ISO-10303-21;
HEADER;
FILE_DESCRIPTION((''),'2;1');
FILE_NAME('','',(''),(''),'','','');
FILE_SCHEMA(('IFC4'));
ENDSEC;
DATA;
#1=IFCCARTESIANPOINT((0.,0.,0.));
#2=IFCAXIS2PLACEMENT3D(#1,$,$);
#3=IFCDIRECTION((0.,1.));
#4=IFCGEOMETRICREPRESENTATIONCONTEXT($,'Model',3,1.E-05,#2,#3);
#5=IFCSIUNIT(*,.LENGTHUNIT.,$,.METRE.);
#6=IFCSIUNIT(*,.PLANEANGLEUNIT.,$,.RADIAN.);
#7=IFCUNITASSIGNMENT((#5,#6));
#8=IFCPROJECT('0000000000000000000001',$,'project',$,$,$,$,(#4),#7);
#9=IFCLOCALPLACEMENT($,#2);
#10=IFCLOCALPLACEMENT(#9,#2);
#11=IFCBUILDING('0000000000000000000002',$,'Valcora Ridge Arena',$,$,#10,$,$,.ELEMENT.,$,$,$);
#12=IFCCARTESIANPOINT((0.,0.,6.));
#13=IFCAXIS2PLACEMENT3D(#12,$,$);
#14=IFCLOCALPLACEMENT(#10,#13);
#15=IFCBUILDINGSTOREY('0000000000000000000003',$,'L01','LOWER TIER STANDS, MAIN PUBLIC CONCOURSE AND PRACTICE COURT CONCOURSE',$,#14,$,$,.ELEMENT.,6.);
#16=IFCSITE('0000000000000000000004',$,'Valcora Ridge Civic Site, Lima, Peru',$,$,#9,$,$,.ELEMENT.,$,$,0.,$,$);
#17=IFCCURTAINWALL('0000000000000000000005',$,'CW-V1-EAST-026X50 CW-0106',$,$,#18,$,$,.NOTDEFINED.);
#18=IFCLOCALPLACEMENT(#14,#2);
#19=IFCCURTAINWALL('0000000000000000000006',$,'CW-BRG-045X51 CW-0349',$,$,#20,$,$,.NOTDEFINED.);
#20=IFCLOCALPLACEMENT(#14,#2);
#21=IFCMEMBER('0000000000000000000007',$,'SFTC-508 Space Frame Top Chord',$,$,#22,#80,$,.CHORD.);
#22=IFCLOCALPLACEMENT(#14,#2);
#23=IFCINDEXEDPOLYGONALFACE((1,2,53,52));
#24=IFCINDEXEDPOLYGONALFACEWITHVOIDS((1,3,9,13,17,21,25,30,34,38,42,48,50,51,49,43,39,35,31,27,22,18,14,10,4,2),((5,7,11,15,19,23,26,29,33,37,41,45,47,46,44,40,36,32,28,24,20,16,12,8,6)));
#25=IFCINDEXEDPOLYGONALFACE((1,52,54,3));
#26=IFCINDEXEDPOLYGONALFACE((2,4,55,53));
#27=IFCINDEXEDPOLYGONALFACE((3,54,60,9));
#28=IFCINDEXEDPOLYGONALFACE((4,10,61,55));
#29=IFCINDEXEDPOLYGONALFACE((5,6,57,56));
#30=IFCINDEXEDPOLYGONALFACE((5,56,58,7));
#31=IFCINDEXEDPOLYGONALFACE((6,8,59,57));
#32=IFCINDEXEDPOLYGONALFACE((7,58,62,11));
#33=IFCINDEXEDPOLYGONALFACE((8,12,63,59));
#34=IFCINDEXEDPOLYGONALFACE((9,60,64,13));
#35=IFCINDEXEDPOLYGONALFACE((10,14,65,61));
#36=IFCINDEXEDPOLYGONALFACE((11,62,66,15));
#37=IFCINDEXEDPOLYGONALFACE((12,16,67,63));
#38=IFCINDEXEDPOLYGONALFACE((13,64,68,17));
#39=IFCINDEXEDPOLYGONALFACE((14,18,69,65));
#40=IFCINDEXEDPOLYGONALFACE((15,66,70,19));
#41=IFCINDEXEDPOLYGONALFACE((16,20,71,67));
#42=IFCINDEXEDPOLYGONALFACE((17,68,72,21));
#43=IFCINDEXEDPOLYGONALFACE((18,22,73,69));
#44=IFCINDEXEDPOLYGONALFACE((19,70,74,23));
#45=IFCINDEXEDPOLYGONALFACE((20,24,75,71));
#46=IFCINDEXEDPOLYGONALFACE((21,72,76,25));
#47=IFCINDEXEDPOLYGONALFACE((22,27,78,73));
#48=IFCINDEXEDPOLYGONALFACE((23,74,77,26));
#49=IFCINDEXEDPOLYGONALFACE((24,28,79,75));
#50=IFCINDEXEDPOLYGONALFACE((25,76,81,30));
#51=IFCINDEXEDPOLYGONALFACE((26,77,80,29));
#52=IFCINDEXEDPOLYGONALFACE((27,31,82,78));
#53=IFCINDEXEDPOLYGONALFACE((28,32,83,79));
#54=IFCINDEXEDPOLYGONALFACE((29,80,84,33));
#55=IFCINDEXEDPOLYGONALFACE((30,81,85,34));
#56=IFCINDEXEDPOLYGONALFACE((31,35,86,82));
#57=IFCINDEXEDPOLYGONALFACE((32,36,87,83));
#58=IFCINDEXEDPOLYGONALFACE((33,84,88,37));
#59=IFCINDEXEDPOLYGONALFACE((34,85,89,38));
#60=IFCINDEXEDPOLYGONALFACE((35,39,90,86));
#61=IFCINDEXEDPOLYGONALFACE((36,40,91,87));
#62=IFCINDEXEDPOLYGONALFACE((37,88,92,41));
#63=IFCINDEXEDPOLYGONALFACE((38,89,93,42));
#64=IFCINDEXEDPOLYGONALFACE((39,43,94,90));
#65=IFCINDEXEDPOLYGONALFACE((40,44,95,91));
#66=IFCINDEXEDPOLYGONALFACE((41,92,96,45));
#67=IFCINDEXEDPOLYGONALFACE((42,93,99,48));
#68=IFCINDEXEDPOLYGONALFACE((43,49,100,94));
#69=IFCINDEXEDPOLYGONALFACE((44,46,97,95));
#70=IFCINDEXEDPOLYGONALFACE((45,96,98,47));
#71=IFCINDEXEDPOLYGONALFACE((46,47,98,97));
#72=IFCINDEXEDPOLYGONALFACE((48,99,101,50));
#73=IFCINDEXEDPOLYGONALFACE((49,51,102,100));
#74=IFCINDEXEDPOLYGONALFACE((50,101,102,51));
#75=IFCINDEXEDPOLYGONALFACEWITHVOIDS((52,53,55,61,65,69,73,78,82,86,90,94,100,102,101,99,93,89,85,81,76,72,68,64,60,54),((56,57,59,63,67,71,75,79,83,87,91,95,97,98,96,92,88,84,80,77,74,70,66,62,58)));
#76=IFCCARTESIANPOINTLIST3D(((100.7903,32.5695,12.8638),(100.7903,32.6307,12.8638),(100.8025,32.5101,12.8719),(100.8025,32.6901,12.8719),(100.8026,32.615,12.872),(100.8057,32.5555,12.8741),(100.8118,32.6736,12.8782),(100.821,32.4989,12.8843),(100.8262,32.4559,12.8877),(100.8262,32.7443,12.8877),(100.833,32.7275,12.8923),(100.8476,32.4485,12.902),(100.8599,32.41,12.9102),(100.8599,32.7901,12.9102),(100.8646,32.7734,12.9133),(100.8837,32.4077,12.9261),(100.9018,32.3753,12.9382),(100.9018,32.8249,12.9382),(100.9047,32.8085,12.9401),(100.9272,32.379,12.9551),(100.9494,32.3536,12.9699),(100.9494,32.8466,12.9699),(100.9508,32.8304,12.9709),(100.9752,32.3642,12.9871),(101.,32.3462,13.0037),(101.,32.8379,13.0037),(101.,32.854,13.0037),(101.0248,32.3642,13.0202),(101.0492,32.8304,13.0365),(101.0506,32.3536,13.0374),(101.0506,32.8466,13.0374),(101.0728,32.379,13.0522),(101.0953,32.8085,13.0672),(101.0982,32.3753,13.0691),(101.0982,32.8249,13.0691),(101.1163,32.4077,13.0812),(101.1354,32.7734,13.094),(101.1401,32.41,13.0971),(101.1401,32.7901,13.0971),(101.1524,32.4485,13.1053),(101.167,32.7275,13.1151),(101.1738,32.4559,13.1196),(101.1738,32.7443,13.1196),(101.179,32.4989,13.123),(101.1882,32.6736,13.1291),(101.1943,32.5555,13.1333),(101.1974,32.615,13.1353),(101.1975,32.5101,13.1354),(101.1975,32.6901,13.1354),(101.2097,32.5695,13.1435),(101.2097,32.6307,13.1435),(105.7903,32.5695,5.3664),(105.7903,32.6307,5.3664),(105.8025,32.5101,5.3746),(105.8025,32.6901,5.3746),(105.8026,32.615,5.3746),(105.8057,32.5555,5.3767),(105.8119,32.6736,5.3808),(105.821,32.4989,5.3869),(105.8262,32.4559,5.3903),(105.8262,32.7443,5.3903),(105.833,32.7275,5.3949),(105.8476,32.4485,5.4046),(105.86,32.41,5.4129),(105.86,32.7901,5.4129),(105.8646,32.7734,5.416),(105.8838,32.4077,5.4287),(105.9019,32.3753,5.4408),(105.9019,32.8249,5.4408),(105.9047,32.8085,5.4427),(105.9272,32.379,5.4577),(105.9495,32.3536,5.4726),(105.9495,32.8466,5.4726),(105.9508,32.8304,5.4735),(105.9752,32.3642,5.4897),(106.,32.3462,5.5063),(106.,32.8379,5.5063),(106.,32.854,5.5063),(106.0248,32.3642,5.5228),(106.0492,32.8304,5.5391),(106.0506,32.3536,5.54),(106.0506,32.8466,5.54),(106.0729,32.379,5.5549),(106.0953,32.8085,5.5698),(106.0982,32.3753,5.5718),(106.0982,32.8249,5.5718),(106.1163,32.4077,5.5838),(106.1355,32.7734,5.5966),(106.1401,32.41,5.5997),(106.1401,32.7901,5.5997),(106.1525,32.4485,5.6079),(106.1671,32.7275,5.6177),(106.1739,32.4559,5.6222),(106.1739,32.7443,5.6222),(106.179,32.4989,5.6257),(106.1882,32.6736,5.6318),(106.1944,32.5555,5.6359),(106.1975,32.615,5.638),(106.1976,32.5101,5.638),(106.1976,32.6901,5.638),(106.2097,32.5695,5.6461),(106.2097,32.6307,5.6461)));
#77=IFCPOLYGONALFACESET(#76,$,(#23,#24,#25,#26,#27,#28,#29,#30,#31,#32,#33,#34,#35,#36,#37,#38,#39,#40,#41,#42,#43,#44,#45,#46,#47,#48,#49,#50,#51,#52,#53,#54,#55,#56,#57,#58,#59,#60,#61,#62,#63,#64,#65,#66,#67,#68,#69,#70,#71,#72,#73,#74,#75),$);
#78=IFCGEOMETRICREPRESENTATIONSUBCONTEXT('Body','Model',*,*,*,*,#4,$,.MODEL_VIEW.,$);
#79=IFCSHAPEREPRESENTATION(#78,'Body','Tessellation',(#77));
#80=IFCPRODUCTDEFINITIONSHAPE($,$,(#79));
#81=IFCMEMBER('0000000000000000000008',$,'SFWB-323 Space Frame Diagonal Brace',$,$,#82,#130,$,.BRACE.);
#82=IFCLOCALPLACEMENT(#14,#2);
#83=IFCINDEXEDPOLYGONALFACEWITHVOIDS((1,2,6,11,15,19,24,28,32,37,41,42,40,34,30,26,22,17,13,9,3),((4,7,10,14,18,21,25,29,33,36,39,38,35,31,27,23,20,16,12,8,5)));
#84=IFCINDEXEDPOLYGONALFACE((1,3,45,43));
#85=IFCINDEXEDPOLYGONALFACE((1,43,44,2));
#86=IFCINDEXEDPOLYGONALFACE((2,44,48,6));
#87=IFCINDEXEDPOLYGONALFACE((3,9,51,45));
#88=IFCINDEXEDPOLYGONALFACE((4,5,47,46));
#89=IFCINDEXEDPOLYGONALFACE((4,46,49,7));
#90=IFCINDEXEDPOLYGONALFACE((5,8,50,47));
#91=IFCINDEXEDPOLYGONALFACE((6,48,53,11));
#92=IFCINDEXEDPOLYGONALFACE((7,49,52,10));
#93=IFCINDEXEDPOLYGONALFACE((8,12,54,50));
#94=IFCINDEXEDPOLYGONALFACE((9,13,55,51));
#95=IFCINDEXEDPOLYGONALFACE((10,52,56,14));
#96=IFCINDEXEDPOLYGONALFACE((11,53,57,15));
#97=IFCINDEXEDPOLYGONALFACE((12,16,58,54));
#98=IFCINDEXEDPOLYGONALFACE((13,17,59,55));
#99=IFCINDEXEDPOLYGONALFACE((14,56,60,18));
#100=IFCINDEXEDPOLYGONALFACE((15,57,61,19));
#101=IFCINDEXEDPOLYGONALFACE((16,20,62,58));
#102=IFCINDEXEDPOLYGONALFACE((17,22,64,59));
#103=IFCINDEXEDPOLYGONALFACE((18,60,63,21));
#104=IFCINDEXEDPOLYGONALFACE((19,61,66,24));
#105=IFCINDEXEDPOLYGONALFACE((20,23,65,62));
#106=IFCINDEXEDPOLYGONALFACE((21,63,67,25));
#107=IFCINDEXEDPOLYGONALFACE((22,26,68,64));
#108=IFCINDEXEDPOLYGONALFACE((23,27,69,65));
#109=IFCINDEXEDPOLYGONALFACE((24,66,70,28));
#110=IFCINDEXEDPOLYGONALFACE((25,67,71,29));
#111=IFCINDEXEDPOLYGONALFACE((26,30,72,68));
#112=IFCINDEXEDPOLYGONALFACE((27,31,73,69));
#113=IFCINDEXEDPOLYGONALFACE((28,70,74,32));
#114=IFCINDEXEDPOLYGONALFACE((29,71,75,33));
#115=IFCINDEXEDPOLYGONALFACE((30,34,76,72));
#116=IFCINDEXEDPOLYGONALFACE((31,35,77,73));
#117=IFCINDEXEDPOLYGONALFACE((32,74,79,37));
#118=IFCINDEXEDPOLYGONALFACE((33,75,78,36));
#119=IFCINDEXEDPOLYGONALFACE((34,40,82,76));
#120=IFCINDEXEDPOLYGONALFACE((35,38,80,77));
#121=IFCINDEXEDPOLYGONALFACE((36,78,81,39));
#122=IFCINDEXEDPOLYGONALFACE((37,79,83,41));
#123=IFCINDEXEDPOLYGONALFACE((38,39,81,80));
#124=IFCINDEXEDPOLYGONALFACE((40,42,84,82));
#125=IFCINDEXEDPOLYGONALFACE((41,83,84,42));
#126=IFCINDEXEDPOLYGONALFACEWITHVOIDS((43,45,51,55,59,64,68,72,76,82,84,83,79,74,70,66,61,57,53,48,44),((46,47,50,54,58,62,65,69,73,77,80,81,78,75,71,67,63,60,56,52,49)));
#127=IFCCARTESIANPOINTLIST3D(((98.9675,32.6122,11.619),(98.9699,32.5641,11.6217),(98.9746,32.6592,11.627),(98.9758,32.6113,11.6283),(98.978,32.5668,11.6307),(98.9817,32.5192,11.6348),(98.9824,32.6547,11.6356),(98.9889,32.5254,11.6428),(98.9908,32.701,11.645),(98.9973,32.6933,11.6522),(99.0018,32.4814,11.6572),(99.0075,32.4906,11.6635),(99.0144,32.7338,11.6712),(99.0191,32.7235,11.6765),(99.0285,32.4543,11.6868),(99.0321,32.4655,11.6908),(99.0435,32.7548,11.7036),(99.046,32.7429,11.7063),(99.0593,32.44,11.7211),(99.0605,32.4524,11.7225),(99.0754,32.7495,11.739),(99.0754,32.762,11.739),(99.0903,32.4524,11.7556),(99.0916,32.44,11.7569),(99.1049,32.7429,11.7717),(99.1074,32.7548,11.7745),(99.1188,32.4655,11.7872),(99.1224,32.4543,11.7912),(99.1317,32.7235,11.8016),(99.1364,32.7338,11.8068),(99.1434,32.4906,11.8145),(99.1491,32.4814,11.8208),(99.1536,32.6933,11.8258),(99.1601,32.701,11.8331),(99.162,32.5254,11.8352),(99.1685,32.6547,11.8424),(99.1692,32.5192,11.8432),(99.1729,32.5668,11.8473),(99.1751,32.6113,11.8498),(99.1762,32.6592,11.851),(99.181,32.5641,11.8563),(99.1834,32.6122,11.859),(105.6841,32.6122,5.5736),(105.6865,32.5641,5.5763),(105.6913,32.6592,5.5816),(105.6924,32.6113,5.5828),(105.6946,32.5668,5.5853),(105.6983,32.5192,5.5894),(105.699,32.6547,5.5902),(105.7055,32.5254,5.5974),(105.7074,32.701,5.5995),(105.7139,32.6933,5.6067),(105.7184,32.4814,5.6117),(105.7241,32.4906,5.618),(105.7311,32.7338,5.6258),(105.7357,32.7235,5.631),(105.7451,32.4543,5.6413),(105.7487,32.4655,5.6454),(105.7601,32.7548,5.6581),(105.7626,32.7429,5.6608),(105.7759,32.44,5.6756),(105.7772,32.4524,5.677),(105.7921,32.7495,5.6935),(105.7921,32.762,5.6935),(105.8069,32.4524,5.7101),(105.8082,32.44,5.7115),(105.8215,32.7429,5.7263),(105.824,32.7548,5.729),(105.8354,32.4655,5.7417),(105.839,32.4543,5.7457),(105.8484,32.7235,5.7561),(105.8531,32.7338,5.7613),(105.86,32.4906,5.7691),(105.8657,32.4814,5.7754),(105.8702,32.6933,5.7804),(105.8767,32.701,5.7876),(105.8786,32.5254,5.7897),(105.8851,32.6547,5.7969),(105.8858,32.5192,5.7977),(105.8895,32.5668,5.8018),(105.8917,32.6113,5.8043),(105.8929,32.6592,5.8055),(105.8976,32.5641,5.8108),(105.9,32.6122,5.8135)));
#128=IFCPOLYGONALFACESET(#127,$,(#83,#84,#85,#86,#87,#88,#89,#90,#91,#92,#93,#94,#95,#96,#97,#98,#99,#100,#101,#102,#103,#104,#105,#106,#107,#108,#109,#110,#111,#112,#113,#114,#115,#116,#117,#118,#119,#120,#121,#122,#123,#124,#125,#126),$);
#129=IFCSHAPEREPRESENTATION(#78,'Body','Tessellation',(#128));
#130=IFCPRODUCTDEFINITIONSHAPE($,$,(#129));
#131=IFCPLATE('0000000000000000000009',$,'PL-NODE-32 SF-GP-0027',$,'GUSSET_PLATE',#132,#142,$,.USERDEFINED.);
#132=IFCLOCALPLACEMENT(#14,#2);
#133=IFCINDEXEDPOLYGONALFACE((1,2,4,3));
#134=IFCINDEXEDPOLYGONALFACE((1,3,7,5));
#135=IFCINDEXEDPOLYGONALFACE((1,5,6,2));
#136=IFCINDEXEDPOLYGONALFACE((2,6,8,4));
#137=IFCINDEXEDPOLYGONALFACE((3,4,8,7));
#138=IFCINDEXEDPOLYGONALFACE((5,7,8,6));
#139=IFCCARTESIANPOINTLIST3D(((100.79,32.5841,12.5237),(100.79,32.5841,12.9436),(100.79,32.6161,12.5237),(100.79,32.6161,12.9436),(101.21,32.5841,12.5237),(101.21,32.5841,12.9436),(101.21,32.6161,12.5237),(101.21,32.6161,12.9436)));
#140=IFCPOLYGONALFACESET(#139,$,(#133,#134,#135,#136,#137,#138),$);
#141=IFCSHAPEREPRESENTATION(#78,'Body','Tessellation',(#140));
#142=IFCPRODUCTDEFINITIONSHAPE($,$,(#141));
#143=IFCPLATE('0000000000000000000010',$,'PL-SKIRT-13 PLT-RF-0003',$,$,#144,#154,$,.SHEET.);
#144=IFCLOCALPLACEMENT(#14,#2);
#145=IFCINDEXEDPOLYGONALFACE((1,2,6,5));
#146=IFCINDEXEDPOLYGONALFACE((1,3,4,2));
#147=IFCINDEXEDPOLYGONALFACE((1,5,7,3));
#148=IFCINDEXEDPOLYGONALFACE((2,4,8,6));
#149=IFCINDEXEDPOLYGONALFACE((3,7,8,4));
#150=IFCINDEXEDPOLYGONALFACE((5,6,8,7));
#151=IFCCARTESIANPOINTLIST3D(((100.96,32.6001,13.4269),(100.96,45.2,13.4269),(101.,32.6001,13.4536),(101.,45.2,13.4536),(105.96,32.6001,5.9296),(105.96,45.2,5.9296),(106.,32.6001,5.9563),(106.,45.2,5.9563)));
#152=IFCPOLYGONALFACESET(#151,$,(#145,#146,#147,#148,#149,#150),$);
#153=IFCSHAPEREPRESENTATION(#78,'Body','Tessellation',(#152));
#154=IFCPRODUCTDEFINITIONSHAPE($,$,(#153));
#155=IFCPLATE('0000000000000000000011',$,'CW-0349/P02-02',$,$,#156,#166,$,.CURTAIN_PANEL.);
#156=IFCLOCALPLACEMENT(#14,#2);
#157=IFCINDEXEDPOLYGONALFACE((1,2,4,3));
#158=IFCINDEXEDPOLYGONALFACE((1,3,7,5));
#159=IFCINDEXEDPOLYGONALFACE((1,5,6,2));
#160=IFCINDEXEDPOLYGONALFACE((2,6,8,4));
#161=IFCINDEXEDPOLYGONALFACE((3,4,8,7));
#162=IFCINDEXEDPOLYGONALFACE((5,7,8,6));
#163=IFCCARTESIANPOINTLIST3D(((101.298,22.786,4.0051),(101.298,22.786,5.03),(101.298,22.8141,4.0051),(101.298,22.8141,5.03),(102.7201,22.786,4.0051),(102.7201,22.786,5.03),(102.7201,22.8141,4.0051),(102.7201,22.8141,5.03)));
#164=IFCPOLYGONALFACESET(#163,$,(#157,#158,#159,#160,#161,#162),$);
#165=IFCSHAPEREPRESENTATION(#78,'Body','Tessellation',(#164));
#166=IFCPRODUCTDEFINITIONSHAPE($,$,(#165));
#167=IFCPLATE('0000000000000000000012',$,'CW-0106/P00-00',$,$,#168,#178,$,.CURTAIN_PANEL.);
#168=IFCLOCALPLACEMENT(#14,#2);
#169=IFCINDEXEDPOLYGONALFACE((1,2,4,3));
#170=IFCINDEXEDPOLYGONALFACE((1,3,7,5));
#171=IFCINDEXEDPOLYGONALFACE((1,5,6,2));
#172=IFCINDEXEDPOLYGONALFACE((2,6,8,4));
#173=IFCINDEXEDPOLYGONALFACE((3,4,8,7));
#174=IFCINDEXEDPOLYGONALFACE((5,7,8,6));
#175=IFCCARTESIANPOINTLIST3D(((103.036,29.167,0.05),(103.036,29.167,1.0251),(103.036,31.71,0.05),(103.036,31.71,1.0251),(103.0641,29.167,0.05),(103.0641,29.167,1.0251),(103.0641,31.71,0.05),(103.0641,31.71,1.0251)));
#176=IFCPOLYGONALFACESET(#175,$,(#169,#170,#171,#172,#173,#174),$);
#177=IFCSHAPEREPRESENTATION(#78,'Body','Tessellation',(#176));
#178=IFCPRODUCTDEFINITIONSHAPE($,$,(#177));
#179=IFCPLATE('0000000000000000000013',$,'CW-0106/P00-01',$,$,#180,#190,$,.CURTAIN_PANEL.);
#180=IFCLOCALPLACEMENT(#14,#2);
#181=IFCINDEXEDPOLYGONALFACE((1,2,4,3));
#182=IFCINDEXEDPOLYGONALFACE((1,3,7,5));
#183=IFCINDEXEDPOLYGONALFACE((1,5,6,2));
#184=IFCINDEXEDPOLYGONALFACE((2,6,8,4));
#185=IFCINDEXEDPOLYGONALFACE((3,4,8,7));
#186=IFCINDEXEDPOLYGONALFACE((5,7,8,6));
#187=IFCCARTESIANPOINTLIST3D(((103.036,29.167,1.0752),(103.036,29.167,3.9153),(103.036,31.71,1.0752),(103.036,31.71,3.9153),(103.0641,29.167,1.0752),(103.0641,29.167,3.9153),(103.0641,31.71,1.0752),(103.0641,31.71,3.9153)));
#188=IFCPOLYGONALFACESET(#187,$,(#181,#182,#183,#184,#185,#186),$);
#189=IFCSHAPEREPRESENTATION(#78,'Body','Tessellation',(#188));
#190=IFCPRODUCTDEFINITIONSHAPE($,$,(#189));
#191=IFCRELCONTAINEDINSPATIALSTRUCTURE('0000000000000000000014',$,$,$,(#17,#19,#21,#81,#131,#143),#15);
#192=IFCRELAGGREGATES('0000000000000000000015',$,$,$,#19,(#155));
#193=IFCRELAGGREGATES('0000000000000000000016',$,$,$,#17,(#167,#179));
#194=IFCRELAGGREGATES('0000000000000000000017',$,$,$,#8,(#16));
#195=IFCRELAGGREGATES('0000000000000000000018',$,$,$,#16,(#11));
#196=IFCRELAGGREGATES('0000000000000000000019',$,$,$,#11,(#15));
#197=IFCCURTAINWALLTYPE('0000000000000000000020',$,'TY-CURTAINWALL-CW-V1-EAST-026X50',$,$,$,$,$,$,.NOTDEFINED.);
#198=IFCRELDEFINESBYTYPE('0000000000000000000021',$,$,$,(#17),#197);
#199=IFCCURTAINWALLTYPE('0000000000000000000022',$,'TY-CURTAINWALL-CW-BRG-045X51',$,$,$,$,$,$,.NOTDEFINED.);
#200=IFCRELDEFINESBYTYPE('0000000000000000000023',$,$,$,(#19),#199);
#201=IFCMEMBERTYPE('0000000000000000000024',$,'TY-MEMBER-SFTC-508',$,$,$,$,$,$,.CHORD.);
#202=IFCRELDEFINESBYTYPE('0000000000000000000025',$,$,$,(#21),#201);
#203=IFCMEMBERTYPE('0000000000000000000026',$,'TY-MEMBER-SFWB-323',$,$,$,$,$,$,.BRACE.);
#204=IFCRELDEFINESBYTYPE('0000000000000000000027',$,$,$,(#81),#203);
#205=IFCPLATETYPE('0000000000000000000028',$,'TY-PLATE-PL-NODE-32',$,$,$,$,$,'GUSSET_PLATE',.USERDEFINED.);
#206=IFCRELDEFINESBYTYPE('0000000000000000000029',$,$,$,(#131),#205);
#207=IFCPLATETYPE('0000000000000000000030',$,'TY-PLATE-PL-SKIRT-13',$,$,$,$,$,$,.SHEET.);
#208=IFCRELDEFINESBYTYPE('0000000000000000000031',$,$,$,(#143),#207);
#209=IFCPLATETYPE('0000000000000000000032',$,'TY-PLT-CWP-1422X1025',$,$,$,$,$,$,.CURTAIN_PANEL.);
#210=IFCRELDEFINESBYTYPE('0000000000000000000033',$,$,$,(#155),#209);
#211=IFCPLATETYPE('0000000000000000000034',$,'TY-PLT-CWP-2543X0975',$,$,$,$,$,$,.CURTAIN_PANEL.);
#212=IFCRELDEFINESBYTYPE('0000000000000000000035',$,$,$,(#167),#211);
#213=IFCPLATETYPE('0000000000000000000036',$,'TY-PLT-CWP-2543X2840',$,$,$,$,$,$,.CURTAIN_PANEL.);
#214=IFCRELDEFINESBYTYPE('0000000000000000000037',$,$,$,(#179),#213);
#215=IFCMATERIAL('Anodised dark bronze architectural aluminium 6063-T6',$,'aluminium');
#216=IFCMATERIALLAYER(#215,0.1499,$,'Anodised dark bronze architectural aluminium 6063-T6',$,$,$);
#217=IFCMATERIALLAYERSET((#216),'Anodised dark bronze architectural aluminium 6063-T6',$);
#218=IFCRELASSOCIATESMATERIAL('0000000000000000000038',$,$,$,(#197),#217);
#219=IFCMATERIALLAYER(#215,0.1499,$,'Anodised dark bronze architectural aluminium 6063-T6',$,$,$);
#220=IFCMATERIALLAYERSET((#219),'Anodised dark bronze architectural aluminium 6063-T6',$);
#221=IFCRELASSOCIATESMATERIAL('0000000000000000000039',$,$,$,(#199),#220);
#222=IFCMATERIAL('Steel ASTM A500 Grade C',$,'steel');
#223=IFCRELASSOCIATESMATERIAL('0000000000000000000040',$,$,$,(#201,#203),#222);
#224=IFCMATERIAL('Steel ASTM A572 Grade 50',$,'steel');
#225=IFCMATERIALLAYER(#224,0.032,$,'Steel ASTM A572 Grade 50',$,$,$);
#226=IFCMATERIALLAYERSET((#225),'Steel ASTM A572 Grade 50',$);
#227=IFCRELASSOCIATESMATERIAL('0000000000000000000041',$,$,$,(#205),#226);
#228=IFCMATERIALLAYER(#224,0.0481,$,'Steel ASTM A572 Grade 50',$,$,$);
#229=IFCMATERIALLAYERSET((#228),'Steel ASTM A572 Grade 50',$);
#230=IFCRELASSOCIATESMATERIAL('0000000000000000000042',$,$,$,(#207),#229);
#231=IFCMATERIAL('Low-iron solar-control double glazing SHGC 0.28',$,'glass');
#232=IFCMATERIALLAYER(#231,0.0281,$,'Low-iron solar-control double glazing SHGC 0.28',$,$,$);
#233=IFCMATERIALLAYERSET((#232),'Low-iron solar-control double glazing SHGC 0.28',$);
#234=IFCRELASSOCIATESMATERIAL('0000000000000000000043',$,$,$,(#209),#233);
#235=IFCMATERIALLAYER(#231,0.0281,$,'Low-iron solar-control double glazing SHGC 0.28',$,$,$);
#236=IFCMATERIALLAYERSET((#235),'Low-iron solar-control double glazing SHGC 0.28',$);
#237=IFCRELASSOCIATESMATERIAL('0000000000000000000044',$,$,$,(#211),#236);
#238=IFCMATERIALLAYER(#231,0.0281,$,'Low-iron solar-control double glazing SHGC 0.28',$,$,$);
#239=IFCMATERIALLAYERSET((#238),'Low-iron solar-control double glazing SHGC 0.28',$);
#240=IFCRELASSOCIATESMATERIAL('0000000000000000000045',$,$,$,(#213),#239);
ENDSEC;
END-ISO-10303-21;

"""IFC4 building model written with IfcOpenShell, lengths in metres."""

from ifc_helpers import new_model, si_unit, direction, frame, origin, origin_2d, place, context, subcontext, project, spatial, polyline, rectangle, hollow_circle, outline, extrude, material, layer, layer_set, material_profile, profile_set, type_object, element, aggregate, save


model = new_model("IFC4")

# Units and contexts
model_context = context("Model", 3, precision=1e-05, world=origin(), true_north=direction((0.0, 1.0)))
body_context = subcontext(model_context, "Body", "Model", "MODEL_VIEW")
ifc_project = project(units=[si_unit("LENGTHUNIT", "METRE"), si_unit("PLANEANGLEUNIT", "RADIAN")], contexts=[model_context])

# Site, building, storey
site_placement = place(None, origin())
site = spatial("IfcSite", under=ifc_project, at=site_placement, Name="Valcora Ridge Civic Site, Lima, Peru", CompositionType="ELEMENT", RefElevation=0.0)
building_placement = place(site_placement, origin())
building = spatial("IfcBuilding", under=site, at=building_placement, Name="Valcora Ridge Arena", CompositionType="ELEMENT")
storey_placement = place(building_placement, frame((0.0, 0.0, 6.0)))
storey = spatial("IfcBuildingStorey", under=building, at=storey_placement, Name="L01", Description="LOWER TIER STANDS, MAIN PUBLIC CONCOURSE AND PRACTICE COURT CONCOURSE", CompositionType="ELEMENT", Elevation=6.0)

# Curtain walls
ifc_material_1 = material(Name="Anodised dark bronze architectural aluminium 6063-T6", Category="aluminium")
ifc_layer_1 = layer(ifc_material_1, 0.1499, Name="Anodised dark bronze architectural aluminium 6063-T6")
ifc_layer_set_1 = layer_set([ifc_layer_1], Name="Anodised dark bronze architectural aluminium 6063-T6")
curtain_wall_type_1 = type_object("IfcCurtainWallType", Name="TY-CURTAINWALL-CW-V1-EAST-026X50", PredefinedType="NOTDEFINED", material=ifc_layer_set_1)
curtain_wall_1_placement = place(storey_placement, origin())
curtain_wall_1 = element("IfcCurtainWall", 1, at=curtain_wall_1_placement, inside=storey, type_object=curtain_wall_type_1, Name="CW-V1-EAST-026X50 CW-0106", PredefinedType="NOTDEFINED")
ifc_layer_2 = layer(ifc_material_1, 0.1499, Name="Anodised dark bronze architectural aluminium 6063-T6")
ifc_layer_set_2 = layer_set([ifc_layer_2], Name="Anodised dark bronze architectural aluminium 6063-T6")
curtain_wall_type_2 = type_object("IfcCurtainWallType", Name="TY-CURTAINWALL-CW-BRG-045X51", PredefinedType="NOTDEFINED", material=ifc_layer_set_2)
curtain_wall_2_placement = place(storey_placement, origin())
curtain_wall_2 = element("IfcCurtainWall", 2, at=curtain_wall_2_placement, inside=storey, type_object=curtain_wall_type_2, Name="CW-BRG-045X51 CW-0349", PredefinedType="NOTDEFINED")

# Members
ifc_material_2 = material(Name="Steel ASTM A500 Grade C", Category="steel")
ifc_material_profile_1 = material_profile(ifc_material_2, hollow_circle(Radius=0.2539, WallThickness=0.0161, at=origin_2d()), Name="CHS508X16")
ifc_profile_set_1 = profile_set([ifc_material_profile_1], Name="Steel ASTM A500 Grade C")
member_type_1 = type_object("IfcMemberType", Name="TY-MEMBER-SFTC-508", PredefinedType="CHORD", material=ifc_profile_set_1)
member_1_placement = place(storey_placement, frame((101.0, 32.6001, 13.0037), z_axis=(0.554838, 0.0, -0.831959), x_axis=(0.0, 1.0, 0.0)))
element("IfcMember", 3, at=member_1_placement, inside=storey, type_object=member_type_1, Name="SFTC-508 Space Frame Top Chord", PredefinedType="CHORD", context=body_context, shape_type="SweptSolid", body=[
    extrude(hollow_circle(Radius=0.2539, WallThickness=0.0161, at=origin_2d()), origin(), (0.0, 0.0, 1.0), 9.0117),
])
ifc_material_profile_2 = material_profile(ifc_material_2, hollow_circle(Radius=0.1619, WallThickness=0.0125, at=origin_2d()), Name="CHS323X12")
ifc_profile_set_2 = profile_set([ifc_material_profile_2], Name="Steel ASTM A500 Grade C")
member_type_2 = type_object("IfcMemberType", Name="TY-MEMBER-SFWB-323", PredefinedType="BRACE", material=ifc_profile_set_2)
member_2_placement = place(storey_placement, frame((99.0754, 32.6001, 11.739), z_axis=(0.743266, 0.0, -0.668996), x_axis=(0.0, 1.0, 0.0)))
element("IfcMember", 4, at=member_2_placement, inside=storey, type_object=member_type_2, Name="SFWB-323 Space Frame Diagonal Brace", PredefinedType="BRACE", context=body_context, shape_type="SweptSolid", body=[
    extrude(hollow_circle(Radius=0.1619, WallThickness=0.0125, at=origin_2d()), origin(), (0.0, 0.0, 1.0), 9.0366),
])

# Plates
ifc_material_3 = material(Name="Steel ASTM A572 Grade 50", Category="steel")
ifc_layer_3 = layer(ifc_material_3, 0.032, Name="Steel ASTM A572 Grade 50")
ifc_layer_set_3 = layer_set([ifc_layer_3], Name="Steel ASTM A572 Grade 50")
plate_type_1 = type_object("IfcPlateType", Name="TY-PLATE-PL-NODE-32", ElementType="GUSSET_PLATE", PredefinedType="USERDEFINED", material=ifc_layer_set_3)
plate_1_placement = place(storey_placement, frame((101.0, 32.6001, 12.5237), z_axis=(0.0, 0.0, 1.0), x_axis=(1.0, 0.0, 0.0)))
element("IfcPlate", 5, at=plate_1_placement, inside=storey, type_object=plate_type_1, Name="PL-NODE-32 SF-GP-0027", ObjectType="GUSSET_PLATE", PredefinedType="USERDEFINED", context=body_context, shape_type="SweptSolid", body=[
    extrude(rectangle(XDim=0.4199, YDim=0.032, at=origin_2d()), origin(), (0.0, 0.0, 1.0), 0.4199),
])
ifc_layer_4 = layer(ifc_material_3, 0.0481, Name="Steel ASTM A572 Grade 50")
ifc_layer_set_4 = layer_set([ifc_layer_4], Name="Steel ASTM A572 Grade 50")
plate_type_2 = type_object("IfcPlateType", Name="TY-PLATE-PL-SKIRT-13", PredefinedType="SHEET", material=ifc_layer_set_4)
plate_2_placement = place(storey_placement, frame((101.0, 32.6001, 13.4536), z_axis=(0.831959, 0.0, 0.554838), x_axis=(0.554838, 0.0, -0.831959)))
element("IfcPlate", 6, at=plate_2_placement, inside=storey, type_object=plate_type_2, Name="PL-SKIRT-13 PLT-RF-0003", PredefinedType="SHEET", context=body_context, shape_type="SweptSolid", body=[
    extrude(outline(polyline([(0.0, 0.0), (9.0116, 0.0), (9.0116, 12.5999), (0.0, 12.5999), (0.0, 0.0)])), origin(), (0.0, 0.0, -1.0), 0.0481),
])

# Plates
ifc_material_4 = material(Name="Low-iron solar-control double glazing SHGC 0.28", Category="glass")
ifc_layer_5 = layer(ifc_material_4, 0.0281, Name="Low-iron solar-control double glazing SHGC 0.28")
ifc_layer_set_5 = layer_set([ifc_layer_5], Name="Low-iron solar-control double glazing SHGC 0.28")
plate_type_3 = type_object("IfcPlateType", Name="TY-PLT-CWP-1422X1025", PredefinedType="CURTAIN_PANEL", material=ifc_layer_set_5)
plate_3_placement = place(storey_placement, frame((102.009, 22.8, 4.0051), z_axis=(0.0, 0.0, 1.0), x_axis=(1.0, 0.0, 0.0)))
plate_3 = element("IfcPlate", 7, at=plate_3_placement, type_object=plate_type_3, Name="CW-0349/P02-02", PredefinedType="CURTAIN_PANEL", context=body_context, shape_type="SweptSolid", body=[
    extrude(rectangle(XDim=1.4221, YDim=0.0281, at=origin_2d()), origin(), (0.0, 0.0, 1.0), 1.0249),
])
aggregate(curtain_wall_2, [plate_3])
ifc_layer_6 = layer(ifc_material_4, 0.0281, Name="Low-iron solar-control double glazing SHGC 0.28")
ifc_layer_set_6 = layer_set([ifc_layer_6], Name="Low-iron solar-control double glazing SHGC 0.28")
plate_type_4 = type_object("IfcPlateType", Name="TY-PLT-CWP-2543X0975", PredefinedType="CURTAIN_PANEL", material=ifc_layer_set_6)
plate_4_placement = place(storey_placement, frame((103.05, 30.4385, 0.05), z_axis=(0.0, 0.0, 1.0), x_axis=(0.0, 1.0, 0.0)))
plate_4 = element("IfcPlate", 8, at=plate_4_placement, type_object=plate_type_4, Name="CW-0106/P00-00", PredefinedType="CURTAIN_PANEL", context=body_context, shape_type="SweptSolid", body=[
    extrude(rectangle(XDim=2.543, YDim=0.0281, at=origin_2d()), origin(), (0.0, 0.0, 1.0), 0.9751),
])
ifc_layer_7 = layer(ifc_material_4, 0.0281, Name="Low-iron solar-control double glazing SHGC 0.28")
ifc_layer_set_7 = layer_set([ifc_layer_7], Name="Low-iron solar-control double glazing SHGC 0.28")
plate_type_5 = type_object("IfcPlateType", Name="TY-PLT-CWP-2543X2840", PredefinedType="CURTAIN_PANEL", material=ifc_layer_set_7)
plate_5_placement = place(storey_placement, frame((103.05, 30.4385, 1.0752), z_axis=(0.0, 0.0, 1.0), x_axis=(0.0, 1.0, 0.0)))
plate_5 = element("IfcPlate", 9, at=plate_5_placement, type_object=plate_type_5, Name="CW-0106/P00-01", PredefinedType="CURTAIN_PANEL", context=body_context, shape_type="SweptSolid", body=[
    extrude(rectangle(XDim=2.543, YDim=0.0281, at=origin_2d()), origin(), (0.0, 0.0, 1.0), 2.8401),
])
aggregate(curtain_wall_1, [plate_4, plate_5])

save(model, "model.ifc")
